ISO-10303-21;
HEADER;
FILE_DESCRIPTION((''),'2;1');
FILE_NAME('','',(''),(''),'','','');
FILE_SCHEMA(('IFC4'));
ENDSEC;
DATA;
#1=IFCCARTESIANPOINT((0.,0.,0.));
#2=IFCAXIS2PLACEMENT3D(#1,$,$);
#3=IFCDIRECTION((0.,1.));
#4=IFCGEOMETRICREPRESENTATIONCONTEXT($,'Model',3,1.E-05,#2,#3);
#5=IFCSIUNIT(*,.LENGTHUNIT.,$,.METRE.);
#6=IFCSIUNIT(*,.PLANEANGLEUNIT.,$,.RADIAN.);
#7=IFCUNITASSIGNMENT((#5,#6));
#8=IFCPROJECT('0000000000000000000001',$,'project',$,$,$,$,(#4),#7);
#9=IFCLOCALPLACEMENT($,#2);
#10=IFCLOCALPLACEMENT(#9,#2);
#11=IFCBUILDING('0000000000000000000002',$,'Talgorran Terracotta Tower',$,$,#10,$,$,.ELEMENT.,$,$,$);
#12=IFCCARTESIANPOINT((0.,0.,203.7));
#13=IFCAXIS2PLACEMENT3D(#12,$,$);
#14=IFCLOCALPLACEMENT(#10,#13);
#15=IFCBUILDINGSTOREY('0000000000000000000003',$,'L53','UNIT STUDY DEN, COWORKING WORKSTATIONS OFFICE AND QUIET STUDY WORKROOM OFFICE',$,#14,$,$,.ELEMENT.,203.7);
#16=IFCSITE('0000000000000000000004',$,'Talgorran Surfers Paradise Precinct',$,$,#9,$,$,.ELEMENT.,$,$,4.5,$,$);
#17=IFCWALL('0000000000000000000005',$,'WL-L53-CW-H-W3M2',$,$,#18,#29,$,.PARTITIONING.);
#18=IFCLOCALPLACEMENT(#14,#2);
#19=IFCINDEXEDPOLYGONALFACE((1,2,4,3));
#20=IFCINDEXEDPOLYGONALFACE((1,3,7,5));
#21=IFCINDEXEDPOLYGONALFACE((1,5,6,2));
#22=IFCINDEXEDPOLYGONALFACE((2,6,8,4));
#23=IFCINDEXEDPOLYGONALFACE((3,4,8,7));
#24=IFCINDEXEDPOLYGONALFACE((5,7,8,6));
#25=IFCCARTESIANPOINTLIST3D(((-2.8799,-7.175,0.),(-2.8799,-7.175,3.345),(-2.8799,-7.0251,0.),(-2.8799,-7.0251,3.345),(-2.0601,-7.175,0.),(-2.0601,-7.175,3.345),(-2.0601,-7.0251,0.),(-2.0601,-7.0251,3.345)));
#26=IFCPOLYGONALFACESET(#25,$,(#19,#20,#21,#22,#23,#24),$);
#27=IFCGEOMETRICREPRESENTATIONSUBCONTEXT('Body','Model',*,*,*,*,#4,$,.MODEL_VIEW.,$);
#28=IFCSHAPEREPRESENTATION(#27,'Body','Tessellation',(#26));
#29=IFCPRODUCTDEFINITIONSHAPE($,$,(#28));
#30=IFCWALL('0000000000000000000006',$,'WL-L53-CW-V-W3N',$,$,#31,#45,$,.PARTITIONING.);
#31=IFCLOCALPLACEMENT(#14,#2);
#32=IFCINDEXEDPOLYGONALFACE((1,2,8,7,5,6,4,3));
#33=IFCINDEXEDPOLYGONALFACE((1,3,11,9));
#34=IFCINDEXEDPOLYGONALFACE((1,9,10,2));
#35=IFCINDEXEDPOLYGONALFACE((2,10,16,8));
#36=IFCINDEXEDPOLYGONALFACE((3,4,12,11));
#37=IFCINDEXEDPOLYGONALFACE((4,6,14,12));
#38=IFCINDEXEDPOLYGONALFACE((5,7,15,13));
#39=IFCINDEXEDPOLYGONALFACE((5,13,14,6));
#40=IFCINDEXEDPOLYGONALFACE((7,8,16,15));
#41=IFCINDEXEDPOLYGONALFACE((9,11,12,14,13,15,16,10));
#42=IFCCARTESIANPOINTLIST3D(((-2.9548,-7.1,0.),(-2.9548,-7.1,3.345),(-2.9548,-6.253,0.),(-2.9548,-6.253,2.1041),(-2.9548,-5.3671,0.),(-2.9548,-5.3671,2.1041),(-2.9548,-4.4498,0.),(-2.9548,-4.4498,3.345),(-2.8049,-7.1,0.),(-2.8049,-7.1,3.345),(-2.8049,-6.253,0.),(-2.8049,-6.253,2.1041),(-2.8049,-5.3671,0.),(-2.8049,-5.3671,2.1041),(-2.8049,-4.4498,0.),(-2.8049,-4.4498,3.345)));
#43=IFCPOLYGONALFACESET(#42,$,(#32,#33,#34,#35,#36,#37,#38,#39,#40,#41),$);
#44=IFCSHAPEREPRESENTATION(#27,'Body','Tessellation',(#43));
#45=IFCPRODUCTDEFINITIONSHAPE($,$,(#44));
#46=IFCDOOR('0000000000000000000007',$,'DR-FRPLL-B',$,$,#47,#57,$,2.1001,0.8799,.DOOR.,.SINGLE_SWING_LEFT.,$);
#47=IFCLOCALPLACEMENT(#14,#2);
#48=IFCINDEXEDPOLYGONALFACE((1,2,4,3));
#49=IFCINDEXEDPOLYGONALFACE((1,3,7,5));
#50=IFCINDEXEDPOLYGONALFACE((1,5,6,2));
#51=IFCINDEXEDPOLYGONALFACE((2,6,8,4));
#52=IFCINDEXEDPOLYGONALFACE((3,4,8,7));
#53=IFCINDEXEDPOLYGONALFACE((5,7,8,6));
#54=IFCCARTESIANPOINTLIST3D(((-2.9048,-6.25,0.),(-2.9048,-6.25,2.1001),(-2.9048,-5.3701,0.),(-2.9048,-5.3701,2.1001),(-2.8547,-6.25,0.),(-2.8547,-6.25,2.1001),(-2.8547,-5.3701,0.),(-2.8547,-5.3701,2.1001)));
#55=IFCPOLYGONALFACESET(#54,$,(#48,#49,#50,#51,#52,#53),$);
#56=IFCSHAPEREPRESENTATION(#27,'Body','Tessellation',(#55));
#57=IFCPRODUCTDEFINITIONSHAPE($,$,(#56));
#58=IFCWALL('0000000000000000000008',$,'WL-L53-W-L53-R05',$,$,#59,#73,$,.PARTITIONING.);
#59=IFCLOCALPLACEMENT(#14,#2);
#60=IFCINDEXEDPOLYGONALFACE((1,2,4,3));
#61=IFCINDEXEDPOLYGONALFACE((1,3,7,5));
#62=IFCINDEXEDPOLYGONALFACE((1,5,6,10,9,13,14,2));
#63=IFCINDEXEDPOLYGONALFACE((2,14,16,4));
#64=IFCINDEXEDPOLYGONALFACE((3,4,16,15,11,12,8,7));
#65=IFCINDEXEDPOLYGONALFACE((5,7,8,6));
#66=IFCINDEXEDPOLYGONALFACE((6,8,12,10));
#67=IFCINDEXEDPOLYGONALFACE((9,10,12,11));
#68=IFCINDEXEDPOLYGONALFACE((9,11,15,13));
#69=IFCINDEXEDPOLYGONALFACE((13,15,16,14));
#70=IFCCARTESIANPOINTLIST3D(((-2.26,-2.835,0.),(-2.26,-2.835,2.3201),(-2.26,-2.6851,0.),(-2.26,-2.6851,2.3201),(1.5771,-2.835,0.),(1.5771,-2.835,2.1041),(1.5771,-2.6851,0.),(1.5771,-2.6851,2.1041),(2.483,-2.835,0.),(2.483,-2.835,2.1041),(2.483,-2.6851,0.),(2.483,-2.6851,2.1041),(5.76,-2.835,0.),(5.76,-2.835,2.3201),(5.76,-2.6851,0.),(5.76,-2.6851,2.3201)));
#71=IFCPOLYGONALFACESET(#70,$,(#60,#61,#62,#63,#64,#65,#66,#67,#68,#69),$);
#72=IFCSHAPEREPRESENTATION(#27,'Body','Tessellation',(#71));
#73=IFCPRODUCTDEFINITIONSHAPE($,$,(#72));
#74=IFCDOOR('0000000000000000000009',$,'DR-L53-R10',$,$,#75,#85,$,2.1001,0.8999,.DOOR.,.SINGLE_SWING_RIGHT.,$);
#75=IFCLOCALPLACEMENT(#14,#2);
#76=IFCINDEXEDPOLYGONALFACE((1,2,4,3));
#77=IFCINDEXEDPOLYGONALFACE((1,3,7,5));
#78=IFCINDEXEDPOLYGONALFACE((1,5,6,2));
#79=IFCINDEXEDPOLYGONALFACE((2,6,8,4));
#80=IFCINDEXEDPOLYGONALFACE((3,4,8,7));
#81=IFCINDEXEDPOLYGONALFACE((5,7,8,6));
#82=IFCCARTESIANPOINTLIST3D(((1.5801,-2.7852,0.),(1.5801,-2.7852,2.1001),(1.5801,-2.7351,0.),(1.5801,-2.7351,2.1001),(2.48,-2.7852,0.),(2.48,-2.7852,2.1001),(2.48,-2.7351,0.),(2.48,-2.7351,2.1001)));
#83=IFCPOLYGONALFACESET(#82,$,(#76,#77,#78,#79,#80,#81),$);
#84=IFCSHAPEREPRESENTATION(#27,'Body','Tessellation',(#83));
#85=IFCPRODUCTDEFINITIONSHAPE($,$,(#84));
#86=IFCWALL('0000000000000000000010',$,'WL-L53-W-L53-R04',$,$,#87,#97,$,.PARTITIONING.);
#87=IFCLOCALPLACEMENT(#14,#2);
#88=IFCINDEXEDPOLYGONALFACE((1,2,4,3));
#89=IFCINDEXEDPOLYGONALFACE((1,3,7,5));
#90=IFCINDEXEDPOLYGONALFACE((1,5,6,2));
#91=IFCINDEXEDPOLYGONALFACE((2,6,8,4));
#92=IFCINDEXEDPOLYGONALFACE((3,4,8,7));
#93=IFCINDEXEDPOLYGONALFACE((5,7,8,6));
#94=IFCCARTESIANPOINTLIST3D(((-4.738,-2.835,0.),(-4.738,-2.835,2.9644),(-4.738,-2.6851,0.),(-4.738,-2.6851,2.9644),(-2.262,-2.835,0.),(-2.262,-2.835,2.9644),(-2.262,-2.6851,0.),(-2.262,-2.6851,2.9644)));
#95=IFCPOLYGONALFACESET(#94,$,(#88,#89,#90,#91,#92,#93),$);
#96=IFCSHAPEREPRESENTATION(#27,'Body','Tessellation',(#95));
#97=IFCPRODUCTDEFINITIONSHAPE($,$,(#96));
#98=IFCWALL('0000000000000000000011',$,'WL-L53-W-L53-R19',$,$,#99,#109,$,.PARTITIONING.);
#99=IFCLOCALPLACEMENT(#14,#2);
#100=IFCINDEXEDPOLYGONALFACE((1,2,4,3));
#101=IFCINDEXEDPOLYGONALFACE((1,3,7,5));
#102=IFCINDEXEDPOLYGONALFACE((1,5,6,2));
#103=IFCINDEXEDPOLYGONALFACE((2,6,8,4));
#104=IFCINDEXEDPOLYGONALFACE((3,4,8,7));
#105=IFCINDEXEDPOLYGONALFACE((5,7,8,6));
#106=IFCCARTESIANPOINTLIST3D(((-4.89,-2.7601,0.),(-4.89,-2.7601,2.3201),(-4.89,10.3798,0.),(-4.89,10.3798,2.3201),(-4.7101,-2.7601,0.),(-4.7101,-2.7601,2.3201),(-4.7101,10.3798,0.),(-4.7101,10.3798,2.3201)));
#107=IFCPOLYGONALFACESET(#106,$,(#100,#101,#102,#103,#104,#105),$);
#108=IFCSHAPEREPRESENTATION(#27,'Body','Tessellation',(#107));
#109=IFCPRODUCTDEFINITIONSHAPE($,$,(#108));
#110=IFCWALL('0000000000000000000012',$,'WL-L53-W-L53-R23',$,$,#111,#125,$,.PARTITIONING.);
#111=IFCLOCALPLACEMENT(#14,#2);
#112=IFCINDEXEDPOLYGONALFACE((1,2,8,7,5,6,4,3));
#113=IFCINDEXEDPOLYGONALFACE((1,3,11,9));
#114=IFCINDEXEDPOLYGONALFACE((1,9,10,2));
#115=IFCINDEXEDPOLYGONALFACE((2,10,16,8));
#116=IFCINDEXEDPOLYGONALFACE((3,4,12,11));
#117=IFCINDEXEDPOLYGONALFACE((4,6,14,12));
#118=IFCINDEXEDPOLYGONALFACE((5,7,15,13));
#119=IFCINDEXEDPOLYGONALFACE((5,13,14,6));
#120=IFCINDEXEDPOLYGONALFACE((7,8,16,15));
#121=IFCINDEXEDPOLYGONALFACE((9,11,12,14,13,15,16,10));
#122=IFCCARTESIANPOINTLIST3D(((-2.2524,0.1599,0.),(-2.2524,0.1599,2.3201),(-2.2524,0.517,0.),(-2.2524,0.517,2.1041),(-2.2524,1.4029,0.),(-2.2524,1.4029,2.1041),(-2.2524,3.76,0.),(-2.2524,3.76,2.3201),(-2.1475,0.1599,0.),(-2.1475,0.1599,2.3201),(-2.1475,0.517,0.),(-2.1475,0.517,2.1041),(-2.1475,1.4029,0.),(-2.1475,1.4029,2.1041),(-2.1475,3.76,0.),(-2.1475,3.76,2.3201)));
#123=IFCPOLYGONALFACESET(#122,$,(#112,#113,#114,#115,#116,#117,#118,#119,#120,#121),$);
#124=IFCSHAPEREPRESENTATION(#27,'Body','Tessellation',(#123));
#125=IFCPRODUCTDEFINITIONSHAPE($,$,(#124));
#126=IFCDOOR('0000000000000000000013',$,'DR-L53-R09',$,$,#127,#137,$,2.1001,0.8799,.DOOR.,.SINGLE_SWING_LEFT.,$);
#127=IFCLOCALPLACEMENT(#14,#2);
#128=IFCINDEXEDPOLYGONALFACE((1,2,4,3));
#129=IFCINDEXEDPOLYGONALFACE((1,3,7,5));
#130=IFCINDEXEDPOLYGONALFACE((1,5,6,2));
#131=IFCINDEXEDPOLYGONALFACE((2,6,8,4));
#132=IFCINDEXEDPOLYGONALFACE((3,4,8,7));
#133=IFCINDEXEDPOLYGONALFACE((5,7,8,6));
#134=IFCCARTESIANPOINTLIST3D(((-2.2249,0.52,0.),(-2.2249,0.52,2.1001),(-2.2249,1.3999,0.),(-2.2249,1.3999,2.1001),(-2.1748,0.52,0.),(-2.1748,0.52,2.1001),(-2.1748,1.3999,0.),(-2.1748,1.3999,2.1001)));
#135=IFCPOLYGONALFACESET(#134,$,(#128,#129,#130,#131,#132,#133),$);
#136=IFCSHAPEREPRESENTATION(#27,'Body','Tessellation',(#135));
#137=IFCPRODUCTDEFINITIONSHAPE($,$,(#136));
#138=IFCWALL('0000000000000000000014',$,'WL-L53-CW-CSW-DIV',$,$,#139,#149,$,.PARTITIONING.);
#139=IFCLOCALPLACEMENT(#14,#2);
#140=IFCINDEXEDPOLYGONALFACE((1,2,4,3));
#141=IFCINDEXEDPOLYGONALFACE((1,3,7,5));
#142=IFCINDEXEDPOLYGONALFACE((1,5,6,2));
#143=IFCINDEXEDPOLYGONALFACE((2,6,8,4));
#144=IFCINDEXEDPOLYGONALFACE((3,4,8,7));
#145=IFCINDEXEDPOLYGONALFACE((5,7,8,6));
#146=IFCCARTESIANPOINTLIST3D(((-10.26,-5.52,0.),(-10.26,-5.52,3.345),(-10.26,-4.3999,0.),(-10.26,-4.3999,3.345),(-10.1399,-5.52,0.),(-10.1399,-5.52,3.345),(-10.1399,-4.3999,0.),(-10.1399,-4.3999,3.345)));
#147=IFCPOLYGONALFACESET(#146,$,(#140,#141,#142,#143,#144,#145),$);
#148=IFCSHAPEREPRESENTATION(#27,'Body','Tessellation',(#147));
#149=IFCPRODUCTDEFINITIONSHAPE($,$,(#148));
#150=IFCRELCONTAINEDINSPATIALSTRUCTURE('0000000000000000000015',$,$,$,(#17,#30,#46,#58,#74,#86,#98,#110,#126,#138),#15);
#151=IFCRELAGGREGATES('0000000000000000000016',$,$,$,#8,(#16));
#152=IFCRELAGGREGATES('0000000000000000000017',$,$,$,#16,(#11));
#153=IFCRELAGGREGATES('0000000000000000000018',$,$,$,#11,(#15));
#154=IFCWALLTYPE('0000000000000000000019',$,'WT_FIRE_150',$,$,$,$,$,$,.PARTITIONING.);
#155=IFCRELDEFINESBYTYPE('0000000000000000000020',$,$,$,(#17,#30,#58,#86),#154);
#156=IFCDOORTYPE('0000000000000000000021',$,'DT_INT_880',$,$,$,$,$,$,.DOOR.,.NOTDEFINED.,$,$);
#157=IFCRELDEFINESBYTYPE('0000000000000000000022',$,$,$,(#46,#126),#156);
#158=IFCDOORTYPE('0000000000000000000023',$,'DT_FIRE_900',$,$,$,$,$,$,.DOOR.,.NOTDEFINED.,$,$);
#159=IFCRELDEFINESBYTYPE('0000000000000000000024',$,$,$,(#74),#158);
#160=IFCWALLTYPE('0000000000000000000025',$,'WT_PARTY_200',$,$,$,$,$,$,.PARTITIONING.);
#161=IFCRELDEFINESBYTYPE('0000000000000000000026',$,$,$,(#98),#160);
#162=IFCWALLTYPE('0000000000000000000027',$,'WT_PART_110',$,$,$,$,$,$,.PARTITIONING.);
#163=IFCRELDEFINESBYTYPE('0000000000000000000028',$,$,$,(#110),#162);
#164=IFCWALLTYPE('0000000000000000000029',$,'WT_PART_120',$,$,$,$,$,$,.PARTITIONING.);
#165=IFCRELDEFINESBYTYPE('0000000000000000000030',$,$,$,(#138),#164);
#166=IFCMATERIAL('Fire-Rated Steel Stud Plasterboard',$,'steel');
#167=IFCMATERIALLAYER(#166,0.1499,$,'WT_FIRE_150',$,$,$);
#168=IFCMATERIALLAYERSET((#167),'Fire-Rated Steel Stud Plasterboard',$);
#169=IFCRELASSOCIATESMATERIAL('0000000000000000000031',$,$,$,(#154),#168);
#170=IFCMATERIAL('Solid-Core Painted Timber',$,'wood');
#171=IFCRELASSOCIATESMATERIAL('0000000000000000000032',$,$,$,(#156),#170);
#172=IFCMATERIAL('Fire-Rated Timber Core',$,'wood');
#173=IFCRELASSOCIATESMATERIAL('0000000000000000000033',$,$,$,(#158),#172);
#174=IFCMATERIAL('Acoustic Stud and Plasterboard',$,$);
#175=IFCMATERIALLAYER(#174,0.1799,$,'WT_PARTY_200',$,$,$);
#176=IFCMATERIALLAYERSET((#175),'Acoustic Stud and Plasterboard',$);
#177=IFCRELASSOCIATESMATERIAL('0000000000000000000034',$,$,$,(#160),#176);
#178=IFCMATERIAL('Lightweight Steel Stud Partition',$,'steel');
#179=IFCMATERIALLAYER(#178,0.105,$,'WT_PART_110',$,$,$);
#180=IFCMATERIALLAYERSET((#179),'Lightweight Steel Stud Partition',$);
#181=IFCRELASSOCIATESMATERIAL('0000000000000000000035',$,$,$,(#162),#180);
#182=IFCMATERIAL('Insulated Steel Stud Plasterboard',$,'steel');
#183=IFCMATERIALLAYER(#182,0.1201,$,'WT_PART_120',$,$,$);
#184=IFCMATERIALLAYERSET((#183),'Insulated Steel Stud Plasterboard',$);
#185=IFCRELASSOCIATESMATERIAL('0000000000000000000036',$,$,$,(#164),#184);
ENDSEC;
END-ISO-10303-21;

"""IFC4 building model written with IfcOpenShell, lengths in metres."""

from ifc_helpers import new_model, si_unit, direction, frame, frame_2d, origin, place, context, subcontext, project, spatial, rectangle, extrude, material, layer, layer_set, type_object, element, fill, save


model = new_model("IFC4")

# Units and contexts
model_context = context("Model", 3, precision=1e-05, world=origin(), true_north=direction((0.0, 1.0)))
body_context = subcontext(model_context, "Body", "Model", "MODEL_VIEW")
ifc_project = project(units=[si_unit("LENGTHUNIT", "METRE"), si_unit("PLANEANGLEUNIT", "RADIAN")], contexts=[model_context])

# Site, building, storey
site_placement = place(None, origin())
site = spatial("IfcSite", under=ifc_project, at=site_placement, Name="Talgorran Surfers Paradise Precinct", CompositionType="ELEMENT", RefElevation=4.5)
building_placement = place(site_placement, origin())
building = spatial("IfcBuilding", under=site, at=building_placement, Name="Talgorran Terracotta Tower", CompositionType="ELEMENT")
storey_placement = place(building_placement, frame((0.0, 0.0, 203.7)))
storey = spatial("IfcBuildingStorey", under=building, at=storey_placement, Name="L53", Description="UNIT STUDY DEN, COWORKING WORKSTATIONS OFFICE AND QUIET STUDY WORKROOM OFFICE", CompositionType="ELEMENT", Elevation=203.7)

# Wall
ifc_material_1 = material(Name="Fire-Rated Steel Stud Plasterboard", Category="steel")
ifc_layer_1 = layer(ifc_material_1, 0.1499, Name="WT_FIRE_150")
ifc_layer_set_1 = layer_set([ifc_layer_1], Name="Fire-Rated Steel Stud Plasterboard")
wall_type_1 = type_object("IfcWallType", Name="WT_FIRE_150", PredefinedType="PARTITIONING", material=ifc_layer_set_1)
wall_1_placement = place(storey_placement, frame((-2.8799, -7.1001, 0.0), z_axis=(0.0, 0.0, 1.0), x_axis=(1.0, 0.0, 0.0)))
element("IfcWall", 1, at=wall_1_placement, inside=storey, type_object=wall_type_1, Name="WL-L53-CW-H-W3M2", PredefinedType="PARTITIONING", context=body_context, shape_type="SweptSolid", body=[
    extrude(rectangle(XDim=0.8198, YDim=0.1499, at=frame_2d((0.4099, 0.0))), origin(), (0.0, 0.0, 1.0), 3.345),
])

# Walls, openings, doors
wall_2_placement = place(storey_placement, frame((-2.8799, -7.1001, 0.0), z_axis=(0.0, 0.0, 1.0), x_axis=(0.0, 1.0, 0.0)))
wall_2 = element("IfcWall", 2, at=wall_2_placement, inside=storey, type_object=wall_type_1, Name="WL-L53-CW-V-W3N", PredefinedType="PARTITIONING", context=body_context, shape_type="SweptSolid", body=[
    extrude(rectangle(XDim=2.6501, YDim=0.1499, at=frame_2d((1.3252, 0.0))), origin(), (0.0, 0.0, 1.0), 3.345),
])
opening_1_placement = place(wall_2_placement, frame((0.8501, 0.0, 0.0)))
opening_1 = element("IfcOpeningElement", 3, at=opening_1_placement, cuts=wall_2, PredefinedType="OPENING", context=body_context, shape_type="SweptSolid", body=[
    extrude(rectangle(XDim=0.8859, YDim=2.1041, at=frame_2d((0.4399, 1.052))), frame((0.0, 0.085, 0.0), z_axis=(0.0, -1.0, 0.0), x_axis=(1.0, 0.0, 0.0)), (0.0, 0.0, 1.0), 0.1699),
])
ifc_material_2 = material(Name="Solid-Core Painted Timber", Category="wood")
door_type_1 = type_object("IfcDoorType", Name="DT_INT_880", OperationType="NOTDEFINED", PredefinedType="DOOR", material=ifc_material_2)
door_1_placement = place(opening_1_placement, origin())
door_1 = element("IfcDoor", 4, at=door_1_placement, inside=storey, type_object=door_type_1, Name="DR-FRPLL-B", OperationType="SINGLE_SWING_LEFT", OverallHeight=2.1001, OverallWidth=0.8799, PredefinedType="DOOR", context=body_context, shape_type="SweptSolid", body=[
    extrude(rectangle(XDim=0.8799, YDim=2.1001, at=frame_2d((0.4399, 1.05))), frame((0.0, 0.0249, 0.0), z_axis=(0.0, -1.0, 0.0), x_axis=(1.0, 0.0, 0.0)), (0.0, 0.0, 1.0), 0.05),
])
fill(opening_1, door_1)
wall_3_placement = place(storey_placement, frame((-2.26, -2.76, 0.0), z_axis=(0.0, 0.0, 1.0), x_axis=(1.0, 0.0, 0.0)))
wall_3 = element("IfcWall", 5, at=wall_3_placement, inside=storey, type_object=wall_type_1, Name="WL-L53-W-L53-R05", PredefinedType="PARTITIONING", context=body_context, shape_type="SweptSolid", body=[
    extrude(rectangle(XDim=8.02, YDim=0.1499, at=frame_2d((4.01, 0.0))), origin(), (0.0, 0.0, 1.0), 2.3201),
])
opening_2_placement = place(wall_3_placement, frame((3.8401, 0.0, 0.0)))
opening_2 = element("IfcOpeningElement", 6, at=opening_2_placement, cuts=wall_3, PredefinedType="OPENING", context=body_context, shape_type="SweptSolid", body=[
    extrude(rectangle(XDim=0.9059, YDim=2.1041, at=frame_2d((0.45, 1.052))), frame((0.0, 0.085, 0.0), z_axis=(0.0, -1.0, 0.0), x_axis=(1.0, 0.0, 0.0)), (0.0, 0.0, 1.0), 0.1699),
])
ifc_material_3 = material(Name="Fire-Rated Timber Core", Category="wood")
door_type_2 = type_object("IfcDoorType", Name="DT_FIRE_900", OperationType="NOTDEFINED", PredefinedType="DOOR", material=ifc_material_3)
door_2_placement = place(opening_2_placement, origin())
door_2 = element("IfcDoor", 7, at=door_2_placement, inside=storey, type_object=door_type_2, Name="DR-L53-R10", OperationType="SINGLE_SWING_RIGHT", OverallHeight=2.1001, OverallWidth=0.8999, PredefinedType="DOOR", context=body_context, shape_type="SweptSolid", body=[
    extrude(rectangle(XDim=0.8999, YDim=2.1001, at=frame_2d((0.45, 1.05))), frame((0.0, 0.0249, 0.0), z_axis=(0.0, -1.0, 0.0), x_axis=(1.0, 0.0, 0.0)), (0.0, 0.0, 1.0), 0.05),
])
fill(opening_2, door_2)

# Walls
wall_4_placement = place(storey_placement, frame((-4.738, -2.76, 0.0), z_axis=(0.0, 0.0, 1.0), x_axis=(1.0, 0.0, 0.0)))
element("IfcWall", 8, at=wall_4_placement, inside=storey, type_object=wall_type_1, Name="WL-L53-W-L53-R04", PredefinedType="PARTITIONING", context=body_context, shape_type="SweptSolid", body=[
    extrude(rectangle(XDim=2.4761, YDim=0.1499, at=frame_2d((1.238, 0.0))), origin(), (0.0, 0.0, 1.0), 2.9644),
])
ifc_material_4 = material(Name="Acoustic Stud and Plasterboard")
ifc_layer_2 = layer(ifc_material_4, 0.1799, Name="WT_PARTY_200")
ifc_layer_set_2 = layer_set([ifc_layer_2], Name="Acoustic Stud and Plasterboard")
wall_type_2 = type_object("IfcWallType", Name="WT_PARTY_200", PredefinedType="PARTITIONING", material=ifc_layer_set_2)
wall_5_placement = place(storey_placement, frame((-4.8, -2.76, 0.0), z_axis=(0.0, 0.0, 1.0), x_axis=(0.0, 1.0, 0.0)))
element("IfcWall", 9, at=wall_5_placement, inside=storey, type_object=wall_type_2, Name="WL-L53-W-L53-R19", PredefinedType="PARTITIONING", context=body_context, shape_type="SweptSolid", body=[
    extrude(rectangle(XDim=13.1399, YDim=0.1799, at=frame_2d((6.5698, 0.0))), origin(), (0.0, 0.0, 1.0), 2.3201),
])

# Wall, opening, door
ifc_material_5 = material(Name="Lightweight Steel Stud Partition", Category="steel")
ifc_layer_3 = layer(ifc_material_5, 0.105, Name="WT_PART_110")
ifc_layer_set_3 = layer_set([ifc_layer_3], Name="Lightweight Steel Stud Partition")
wall_type_3 = type_object("IfcWallType", Name="WT_PART_110", PredefinedType="PARTITIONING", material=ifc_layer_set_3)
wall_6_placement = place(storey_placement, frame((-2.2, 0.1599, 0.0), z_axis=(0.0, 0.0, 1.0), x_axis=(0.0, 1.0, 0.0)))
wall_6 = element("IfcWall", 10, at=wall_6_placement, inside=storey, type_object=wall_type_3, Name="WL-L53-W-L53-R23", PredefinedType="PARTITIONING", context=body_context, shape_type="SweptSolid", body=[
    extrude(rectangle(XDim=3.6001, YDim=0.105, at=frame_2d((1.8, 0.0))), origin(), (0.0, 0.0, 1.0), 2.3201),
])
opening_3_placement = place(wall_6_placement, frame((0.3601, 0.0, 0.0)))
opening_3 = element("IfcOpeningElement", 11, at=opening_3_placement, cuts=wall_6, PredefinedType="OPENING", context=body_context, shape_type="SweptSolid", body=[
    extrude(rectangle(XDim=0.8859, YDim=2.1041, at=frame_2d((0.4399, 1.052))), frame((0.0, 0.0625, 0.0), z_axis=(0.0, -1.0, 0.0), x_axis=(1.0, 0.0, 0.0)), (0.0, 0.0, 1.0), 0.125),
])
door_3_placement = place(opening_3_placement, origin())
door_3 = element("IfcDoor", 12, at=door_3_placement, inside=storey, type_object=door_type_1, Name="DR-L53-R09", OperationType="SINGLE_SWING_LEFT", OverallHeight=2.1001, OverallWidth=0.8799, PredefinedType="DOOR", context=body_context, shape_type="SweptSolid", body=[
    extrude(rectangle(XDim=0.8799, YDim=2.1001, at=frame_2d((0.4399, 1.05))), frame((0.0, 0.0249, 0.0), z_axis=(0.0, -1.0, 0.0), x_axis=(1.0, 0.0, 0.0)), (0.0, 0.0, 1.0), 0.05),
])
fill(opening_3, door_3)

# Wall
ifc_material_6 = material(Name="Insulated Steel Stud Plasterboard", Category="steel")
ifc_layer_4 = layer(ifc_material_6, 0.1201, Name="WT_PART_120")
ifc_layer_set_4 = layer_set([ifc_layer_4], Name="Insulated Steel Stud Plasterboard")
wall_type_4 = type_object("IfcWallType", Name="WT_PART_120", PredefinedType="PARTITIONING", material=ifc_layer_set_4)
wall_7_placement = place(storey_placement, frame((-10.2, -5.52, 0.0), z_axis=(0.0, 0.0, 1.0), x_axis=(0.0, 1.0, 0.0)))
element("IfcWall", 13, at=wall_7_placement, inside=storey, type_object=wall_type_4, Name="WL-L53-CW-CSW-DIV", PredefinedType="PARTITIONING", context=body_context, shape_type="SweptSolid", body=[
    extrude(rectangle(XDim=1.1201, YDim=0.1201, at=frame_2d((0.5601, 0.0))), origin(), (0.0, 0.0, 1.0), 3.345),
])

save(model, "model.ifc")
